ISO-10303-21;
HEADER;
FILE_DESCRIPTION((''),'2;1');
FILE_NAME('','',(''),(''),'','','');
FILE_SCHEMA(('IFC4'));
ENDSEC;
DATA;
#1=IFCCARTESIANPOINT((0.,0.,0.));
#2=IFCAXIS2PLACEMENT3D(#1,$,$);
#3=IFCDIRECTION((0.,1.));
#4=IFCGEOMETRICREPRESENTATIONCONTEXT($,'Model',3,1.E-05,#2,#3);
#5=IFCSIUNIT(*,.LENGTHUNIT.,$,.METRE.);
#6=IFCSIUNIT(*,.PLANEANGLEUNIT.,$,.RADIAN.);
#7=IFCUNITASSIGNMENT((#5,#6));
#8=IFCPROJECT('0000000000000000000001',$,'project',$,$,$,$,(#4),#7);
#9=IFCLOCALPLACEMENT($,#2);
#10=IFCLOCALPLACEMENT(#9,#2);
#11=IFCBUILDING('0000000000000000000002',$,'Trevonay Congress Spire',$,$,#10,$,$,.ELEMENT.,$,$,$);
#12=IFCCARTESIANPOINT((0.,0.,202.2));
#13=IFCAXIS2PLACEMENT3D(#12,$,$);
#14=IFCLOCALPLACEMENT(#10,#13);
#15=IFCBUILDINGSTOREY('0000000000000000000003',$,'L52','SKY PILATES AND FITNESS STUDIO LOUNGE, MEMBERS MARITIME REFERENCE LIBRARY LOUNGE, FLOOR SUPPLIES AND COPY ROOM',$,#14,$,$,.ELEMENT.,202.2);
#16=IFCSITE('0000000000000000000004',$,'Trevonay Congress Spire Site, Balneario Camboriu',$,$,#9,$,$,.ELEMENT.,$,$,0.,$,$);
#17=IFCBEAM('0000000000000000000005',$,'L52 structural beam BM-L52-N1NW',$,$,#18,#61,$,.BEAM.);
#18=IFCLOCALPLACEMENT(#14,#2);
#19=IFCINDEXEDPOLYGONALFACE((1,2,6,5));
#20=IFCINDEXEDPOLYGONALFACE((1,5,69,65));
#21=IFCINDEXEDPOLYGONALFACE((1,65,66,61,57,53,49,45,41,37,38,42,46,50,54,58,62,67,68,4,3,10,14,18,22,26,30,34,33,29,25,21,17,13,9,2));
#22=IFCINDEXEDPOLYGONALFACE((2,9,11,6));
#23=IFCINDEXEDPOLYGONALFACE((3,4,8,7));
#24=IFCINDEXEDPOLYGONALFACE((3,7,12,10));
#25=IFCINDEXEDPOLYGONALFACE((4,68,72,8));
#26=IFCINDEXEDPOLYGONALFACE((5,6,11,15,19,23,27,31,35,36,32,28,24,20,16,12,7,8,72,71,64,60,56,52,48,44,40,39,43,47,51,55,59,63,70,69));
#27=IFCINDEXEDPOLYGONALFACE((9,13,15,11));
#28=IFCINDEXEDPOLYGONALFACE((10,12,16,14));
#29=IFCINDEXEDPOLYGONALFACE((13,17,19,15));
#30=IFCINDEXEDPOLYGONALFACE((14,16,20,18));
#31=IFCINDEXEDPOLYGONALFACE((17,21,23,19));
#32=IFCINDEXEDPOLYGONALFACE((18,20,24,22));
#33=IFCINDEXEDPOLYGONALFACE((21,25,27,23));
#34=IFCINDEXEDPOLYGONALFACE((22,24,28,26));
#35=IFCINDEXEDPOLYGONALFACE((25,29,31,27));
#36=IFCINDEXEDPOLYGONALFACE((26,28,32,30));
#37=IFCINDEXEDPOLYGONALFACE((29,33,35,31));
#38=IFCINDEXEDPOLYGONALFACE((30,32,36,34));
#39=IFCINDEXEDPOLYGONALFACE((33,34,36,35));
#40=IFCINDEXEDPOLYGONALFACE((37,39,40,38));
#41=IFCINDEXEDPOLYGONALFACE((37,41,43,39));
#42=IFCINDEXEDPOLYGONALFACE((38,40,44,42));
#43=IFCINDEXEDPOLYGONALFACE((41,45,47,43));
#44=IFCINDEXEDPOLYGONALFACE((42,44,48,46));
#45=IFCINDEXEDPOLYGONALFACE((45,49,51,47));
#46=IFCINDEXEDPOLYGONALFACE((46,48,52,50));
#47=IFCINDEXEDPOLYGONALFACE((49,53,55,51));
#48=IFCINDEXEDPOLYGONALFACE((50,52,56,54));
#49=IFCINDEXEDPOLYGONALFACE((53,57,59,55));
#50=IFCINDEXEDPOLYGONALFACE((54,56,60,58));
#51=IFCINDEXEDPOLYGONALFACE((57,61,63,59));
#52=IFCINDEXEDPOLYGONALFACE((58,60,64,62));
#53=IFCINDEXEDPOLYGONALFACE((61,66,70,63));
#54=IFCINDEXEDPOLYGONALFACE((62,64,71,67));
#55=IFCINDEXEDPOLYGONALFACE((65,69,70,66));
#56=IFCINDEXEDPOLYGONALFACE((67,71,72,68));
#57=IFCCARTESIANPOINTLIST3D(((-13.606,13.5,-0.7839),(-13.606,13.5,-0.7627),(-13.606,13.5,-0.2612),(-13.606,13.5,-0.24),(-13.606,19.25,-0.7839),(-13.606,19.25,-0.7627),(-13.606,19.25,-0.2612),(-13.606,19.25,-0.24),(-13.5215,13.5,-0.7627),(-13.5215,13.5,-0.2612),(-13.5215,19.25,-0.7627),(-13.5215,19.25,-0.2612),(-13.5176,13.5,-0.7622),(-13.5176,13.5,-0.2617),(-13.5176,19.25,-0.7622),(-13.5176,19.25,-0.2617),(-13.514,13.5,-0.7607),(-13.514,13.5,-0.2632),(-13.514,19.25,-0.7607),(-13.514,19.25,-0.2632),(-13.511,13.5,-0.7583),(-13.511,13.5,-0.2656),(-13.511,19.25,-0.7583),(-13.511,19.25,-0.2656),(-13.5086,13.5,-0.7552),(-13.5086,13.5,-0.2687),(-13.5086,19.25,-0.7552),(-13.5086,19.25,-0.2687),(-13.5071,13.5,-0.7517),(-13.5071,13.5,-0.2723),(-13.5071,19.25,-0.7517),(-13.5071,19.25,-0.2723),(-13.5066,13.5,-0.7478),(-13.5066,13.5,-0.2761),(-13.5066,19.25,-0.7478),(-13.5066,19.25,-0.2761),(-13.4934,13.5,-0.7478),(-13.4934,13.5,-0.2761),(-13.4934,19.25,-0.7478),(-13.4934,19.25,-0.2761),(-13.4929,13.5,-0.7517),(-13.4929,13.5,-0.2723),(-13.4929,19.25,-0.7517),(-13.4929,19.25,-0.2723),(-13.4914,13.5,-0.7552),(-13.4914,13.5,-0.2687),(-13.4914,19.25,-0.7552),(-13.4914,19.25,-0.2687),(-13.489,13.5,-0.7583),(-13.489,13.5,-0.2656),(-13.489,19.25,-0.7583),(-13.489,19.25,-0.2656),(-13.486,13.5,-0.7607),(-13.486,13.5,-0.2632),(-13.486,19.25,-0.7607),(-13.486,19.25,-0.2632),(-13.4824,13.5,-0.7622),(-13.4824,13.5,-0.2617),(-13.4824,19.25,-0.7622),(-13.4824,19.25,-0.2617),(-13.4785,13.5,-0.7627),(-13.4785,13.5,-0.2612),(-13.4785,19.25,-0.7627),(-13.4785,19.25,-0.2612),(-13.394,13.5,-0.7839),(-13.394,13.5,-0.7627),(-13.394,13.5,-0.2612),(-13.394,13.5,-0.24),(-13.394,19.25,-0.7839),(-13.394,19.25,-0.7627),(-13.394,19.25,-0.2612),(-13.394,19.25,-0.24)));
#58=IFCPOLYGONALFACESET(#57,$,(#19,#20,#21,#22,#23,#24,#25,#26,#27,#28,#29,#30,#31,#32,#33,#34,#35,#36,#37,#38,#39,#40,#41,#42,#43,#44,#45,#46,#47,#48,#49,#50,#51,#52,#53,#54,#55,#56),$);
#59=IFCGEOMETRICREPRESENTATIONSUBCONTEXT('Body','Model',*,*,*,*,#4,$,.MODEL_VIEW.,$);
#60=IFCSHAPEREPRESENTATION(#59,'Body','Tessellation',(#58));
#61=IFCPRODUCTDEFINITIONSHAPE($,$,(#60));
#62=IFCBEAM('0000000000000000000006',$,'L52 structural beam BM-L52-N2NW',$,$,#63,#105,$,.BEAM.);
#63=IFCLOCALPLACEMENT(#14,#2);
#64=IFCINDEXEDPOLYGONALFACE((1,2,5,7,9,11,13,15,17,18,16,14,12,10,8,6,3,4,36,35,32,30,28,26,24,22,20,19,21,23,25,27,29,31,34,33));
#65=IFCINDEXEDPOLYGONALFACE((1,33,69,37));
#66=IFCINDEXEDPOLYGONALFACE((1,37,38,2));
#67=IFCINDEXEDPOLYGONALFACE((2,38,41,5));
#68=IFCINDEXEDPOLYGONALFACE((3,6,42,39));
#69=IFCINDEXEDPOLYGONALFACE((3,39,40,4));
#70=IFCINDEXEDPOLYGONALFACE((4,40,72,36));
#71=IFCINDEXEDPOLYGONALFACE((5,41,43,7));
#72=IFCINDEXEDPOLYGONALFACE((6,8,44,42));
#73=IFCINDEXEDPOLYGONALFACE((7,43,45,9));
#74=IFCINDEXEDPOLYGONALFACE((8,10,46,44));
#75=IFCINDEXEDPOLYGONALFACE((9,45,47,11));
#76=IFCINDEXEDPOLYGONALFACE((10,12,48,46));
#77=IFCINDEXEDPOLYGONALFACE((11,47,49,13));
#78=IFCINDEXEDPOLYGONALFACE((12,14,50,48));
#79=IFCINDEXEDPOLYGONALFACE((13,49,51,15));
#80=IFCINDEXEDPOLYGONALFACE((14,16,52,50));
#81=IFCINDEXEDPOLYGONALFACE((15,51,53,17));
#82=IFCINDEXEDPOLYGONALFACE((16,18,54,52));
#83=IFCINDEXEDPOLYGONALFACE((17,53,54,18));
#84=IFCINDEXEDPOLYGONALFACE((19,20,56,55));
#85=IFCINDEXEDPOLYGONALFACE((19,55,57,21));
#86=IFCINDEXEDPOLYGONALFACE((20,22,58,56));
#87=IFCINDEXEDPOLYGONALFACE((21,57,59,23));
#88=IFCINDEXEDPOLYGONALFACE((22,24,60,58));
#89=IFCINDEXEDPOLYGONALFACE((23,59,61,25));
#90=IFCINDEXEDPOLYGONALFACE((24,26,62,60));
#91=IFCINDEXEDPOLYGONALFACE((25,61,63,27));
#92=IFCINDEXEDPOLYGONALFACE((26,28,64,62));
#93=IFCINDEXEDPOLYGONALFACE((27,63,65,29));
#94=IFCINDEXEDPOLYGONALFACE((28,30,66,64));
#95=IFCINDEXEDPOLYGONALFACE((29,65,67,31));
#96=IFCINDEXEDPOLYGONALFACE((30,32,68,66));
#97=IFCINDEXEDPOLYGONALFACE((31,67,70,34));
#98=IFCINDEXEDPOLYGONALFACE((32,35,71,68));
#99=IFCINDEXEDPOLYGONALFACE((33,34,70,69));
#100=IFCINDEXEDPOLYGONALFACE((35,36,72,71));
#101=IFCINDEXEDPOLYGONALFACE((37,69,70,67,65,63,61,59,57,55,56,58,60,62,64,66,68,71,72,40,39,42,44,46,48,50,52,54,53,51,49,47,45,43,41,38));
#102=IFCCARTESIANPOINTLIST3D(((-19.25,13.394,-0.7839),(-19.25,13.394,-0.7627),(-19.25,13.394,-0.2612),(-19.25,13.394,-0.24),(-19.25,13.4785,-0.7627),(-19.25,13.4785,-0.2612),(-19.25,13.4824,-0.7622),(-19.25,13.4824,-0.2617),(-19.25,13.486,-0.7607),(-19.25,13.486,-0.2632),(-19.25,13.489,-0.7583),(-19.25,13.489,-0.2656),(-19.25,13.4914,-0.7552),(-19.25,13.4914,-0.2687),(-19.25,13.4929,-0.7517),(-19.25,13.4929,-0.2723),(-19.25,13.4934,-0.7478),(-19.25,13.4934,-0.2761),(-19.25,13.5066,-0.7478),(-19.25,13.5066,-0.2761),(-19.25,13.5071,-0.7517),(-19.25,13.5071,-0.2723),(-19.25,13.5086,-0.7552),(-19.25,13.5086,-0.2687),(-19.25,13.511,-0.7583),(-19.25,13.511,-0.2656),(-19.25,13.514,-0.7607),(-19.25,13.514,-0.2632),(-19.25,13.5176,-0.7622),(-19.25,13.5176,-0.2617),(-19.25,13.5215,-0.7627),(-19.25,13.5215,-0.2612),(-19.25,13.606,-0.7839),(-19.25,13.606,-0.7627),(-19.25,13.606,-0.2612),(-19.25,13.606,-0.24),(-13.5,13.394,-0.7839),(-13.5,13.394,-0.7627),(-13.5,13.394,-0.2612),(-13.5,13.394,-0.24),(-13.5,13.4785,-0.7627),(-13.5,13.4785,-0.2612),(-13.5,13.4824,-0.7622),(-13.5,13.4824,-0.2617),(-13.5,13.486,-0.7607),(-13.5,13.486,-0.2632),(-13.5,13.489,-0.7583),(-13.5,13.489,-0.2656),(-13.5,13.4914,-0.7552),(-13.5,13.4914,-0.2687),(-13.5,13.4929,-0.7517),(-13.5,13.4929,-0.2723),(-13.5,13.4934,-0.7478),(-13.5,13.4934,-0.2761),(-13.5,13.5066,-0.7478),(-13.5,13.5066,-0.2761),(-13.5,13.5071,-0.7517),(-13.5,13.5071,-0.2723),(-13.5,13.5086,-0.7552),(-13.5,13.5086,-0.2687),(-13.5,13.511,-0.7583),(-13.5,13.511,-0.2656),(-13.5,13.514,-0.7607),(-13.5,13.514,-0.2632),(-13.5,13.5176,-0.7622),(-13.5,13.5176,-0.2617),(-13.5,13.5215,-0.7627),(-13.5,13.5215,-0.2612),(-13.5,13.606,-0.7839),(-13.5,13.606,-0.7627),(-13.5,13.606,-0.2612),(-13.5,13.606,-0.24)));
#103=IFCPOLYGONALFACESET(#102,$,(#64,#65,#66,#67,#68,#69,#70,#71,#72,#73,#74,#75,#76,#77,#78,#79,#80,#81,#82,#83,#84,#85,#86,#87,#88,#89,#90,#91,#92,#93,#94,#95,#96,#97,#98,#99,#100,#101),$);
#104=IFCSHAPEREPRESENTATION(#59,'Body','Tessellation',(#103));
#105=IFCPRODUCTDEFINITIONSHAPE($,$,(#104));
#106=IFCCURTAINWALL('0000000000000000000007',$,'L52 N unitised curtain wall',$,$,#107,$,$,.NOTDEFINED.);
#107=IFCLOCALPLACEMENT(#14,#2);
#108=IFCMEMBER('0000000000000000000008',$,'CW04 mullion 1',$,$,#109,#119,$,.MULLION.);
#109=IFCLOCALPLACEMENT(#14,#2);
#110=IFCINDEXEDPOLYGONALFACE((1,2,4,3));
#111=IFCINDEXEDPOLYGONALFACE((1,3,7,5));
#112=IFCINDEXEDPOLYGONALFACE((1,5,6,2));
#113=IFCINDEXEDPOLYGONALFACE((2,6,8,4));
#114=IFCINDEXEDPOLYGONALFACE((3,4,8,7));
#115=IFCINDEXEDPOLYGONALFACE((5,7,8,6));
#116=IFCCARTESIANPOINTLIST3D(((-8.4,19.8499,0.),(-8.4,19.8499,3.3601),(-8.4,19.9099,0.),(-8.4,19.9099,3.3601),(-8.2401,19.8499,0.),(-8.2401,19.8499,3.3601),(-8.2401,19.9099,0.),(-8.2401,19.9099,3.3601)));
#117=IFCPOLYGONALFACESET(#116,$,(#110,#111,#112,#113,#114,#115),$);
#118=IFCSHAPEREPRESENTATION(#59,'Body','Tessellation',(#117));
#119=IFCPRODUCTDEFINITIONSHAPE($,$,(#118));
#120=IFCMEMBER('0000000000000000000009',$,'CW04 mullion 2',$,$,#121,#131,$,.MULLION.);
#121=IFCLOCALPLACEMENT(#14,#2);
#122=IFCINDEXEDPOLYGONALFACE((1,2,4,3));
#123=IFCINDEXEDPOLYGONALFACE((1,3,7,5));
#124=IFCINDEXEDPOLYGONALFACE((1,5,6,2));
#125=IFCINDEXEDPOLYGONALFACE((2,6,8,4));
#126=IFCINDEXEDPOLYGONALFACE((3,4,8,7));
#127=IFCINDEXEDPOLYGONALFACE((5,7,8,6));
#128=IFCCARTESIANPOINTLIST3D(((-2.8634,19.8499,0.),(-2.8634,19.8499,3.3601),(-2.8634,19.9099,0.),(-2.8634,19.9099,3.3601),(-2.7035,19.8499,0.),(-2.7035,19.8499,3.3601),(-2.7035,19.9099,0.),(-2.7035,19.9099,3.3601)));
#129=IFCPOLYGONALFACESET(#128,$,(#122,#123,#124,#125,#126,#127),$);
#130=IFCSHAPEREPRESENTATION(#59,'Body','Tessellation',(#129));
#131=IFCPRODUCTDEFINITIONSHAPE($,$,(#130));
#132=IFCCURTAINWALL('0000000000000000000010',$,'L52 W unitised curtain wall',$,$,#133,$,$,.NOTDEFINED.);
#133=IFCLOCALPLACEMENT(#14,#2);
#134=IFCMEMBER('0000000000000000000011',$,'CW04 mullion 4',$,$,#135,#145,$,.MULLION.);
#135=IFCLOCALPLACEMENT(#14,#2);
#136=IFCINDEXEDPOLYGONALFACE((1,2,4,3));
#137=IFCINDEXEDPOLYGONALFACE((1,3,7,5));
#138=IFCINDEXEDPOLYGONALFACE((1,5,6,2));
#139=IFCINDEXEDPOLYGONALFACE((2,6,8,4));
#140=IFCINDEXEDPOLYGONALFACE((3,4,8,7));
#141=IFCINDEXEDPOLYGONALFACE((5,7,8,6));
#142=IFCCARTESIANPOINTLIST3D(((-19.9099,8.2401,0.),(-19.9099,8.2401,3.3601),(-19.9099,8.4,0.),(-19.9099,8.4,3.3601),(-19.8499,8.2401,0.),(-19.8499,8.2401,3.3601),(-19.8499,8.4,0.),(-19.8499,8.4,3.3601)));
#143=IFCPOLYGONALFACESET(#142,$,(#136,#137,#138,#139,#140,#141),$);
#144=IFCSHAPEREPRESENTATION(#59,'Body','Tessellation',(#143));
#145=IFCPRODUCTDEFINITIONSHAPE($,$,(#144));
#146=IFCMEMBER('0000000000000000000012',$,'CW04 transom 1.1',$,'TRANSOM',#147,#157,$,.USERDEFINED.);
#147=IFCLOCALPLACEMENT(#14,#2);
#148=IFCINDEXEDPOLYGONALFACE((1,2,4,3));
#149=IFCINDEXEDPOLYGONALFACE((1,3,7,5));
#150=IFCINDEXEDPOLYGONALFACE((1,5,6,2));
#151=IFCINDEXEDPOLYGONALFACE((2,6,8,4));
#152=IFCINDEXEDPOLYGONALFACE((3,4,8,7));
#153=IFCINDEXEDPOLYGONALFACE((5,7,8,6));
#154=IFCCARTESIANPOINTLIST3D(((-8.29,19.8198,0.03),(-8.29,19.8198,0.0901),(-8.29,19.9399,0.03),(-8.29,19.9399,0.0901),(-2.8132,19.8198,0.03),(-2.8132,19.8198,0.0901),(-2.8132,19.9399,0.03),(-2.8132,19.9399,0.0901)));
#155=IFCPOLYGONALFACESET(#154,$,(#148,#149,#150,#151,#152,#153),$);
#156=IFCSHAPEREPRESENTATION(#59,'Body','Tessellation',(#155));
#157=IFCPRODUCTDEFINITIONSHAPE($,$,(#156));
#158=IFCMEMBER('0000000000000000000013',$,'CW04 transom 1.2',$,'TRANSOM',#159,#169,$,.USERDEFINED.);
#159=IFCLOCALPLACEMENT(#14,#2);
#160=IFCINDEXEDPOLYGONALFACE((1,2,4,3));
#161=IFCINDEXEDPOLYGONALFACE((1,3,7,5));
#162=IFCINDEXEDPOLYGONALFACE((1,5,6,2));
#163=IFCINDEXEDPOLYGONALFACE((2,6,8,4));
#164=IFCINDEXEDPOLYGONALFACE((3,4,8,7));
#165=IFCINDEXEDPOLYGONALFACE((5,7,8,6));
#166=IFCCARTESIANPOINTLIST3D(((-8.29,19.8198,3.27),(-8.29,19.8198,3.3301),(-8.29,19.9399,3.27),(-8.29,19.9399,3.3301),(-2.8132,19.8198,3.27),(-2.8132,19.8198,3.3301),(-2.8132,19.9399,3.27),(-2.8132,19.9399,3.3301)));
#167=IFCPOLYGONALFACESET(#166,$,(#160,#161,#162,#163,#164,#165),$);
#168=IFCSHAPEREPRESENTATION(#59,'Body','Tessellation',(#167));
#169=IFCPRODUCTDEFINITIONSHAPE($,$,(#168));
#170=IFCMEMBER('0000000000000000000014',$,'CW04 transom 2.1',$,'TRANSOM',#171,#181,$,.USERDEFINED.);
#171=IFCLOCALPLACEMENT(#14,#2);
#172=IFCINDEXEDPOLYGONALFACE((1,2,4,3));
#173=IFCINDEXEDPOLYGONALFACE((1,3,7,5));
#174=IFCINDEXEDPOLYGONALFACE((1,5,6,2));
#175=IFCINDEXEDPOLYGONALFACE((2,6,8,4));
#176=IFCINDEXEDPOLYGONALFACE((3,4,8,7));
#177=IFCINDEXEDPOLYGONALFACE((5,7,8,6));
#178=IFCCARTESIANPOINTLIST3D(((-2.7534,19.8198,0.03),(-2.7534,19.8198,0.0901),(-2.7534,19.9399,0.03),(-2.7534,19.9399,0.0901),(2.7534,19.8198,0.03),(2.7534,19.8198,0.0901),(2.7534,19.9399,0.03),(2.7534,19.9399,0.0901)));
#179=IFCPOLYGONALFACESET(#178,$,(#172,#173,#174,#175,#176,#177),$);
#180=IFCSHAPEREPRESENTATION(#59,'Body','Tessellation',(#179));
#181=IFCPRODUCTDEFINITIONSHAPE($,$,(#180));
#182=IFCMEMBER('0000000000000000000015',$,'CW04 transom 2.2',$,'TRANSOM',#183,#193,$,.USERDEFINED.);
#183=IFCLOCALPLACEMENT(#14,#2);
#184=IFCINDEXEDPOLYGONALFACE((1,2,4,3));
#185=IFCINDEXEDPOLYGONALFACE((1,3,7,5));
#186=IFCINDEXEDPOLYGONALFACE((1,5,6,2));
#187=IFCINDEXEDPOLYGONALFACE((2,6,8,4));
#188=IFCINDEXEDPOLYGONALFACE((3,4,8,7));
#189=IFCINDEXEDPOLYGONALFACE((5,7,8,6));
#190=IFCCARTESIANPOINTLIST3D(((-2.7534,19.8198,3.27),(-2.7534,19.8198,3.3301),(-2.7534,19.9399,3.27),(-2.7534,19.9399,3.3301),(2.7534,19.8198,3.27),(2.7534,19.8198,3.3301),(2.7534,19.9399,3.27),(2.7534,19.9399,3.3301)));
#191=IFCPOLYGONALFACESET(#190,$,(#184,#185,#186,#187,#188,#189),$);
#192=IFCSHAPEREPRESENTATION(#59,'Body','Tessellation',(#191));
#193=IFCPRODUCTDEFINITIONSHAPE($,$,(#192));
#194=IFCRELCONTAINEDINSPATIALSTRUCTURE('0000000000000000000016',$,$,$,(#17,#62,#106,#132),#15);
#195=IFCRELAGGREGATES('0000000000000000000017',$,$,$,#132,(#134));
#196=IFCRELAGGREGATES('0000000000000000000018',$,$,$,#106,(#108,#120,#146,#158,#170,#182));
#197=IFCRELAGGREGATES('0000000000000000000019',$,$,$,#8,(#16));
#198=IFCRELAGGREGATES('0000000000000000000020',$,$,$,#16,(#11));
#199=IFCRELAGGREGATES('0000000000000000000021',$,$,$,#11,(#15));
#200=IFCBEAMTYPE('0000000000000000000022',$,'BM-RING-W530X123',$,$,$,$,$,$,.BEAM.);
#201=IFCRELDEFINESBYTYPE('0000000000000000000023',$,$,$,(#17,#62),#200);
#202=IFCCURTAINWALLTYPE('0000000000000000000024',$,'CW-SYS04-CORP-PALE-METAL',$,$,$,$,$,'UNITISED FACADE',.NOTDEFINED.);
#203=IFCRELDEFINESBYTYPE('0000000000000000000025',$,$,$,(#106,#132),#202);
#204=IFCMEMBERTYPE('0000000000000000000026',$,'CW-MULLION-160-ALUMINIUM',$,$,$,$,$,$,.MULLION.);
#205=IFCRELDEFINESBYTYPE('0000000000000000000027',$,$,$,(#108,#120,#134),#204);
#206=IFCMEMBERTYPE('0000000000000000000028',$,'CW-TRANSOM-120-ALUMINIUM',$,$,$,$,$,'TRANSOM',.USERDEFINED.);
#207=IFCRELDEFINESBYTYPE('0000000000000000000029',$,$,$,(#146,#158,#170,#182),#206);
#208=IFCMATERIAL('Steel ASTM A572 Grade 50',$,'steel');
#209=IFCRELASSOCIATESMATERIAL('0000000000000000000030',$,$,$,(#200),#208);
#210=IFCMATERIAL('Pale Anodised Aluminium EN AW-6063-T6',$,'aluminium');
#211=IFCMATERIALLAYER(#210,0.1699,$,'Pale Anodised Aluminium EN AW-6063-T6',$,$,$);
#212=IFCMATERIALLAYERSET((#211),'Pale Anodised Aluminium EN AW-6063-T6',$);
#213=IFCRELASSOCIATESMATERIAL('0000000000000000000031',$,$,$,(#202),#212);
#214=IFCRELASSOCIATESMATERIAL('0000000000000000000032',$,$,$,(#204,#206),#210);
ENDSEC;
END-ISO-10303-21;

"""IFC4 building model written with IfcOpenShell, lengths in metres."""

from ifc_helpers import new_model, si_unit, direction, frame, origin, origin_2d, place, context, subcontext, project, spatial, rectangle, i_section, extrude, material, layer, layer_set, material_profile, profile_set, type_object, element, aggregate, save


model = new_model("IFC4")

# Units and contexts
model_context = context("Model", 3, precision=1e-05, world=origin(), true_north=direction((0.0, 1.0)))
body_context = subcontext(model_context, "Body", "Model", "MODEL_VIEW")
ifc_project = project(units=[si_unit("LENGTHUNIT", "METRE"), si_unit("PLANEANGLEUNIT", "RADIAN")], contexts=[model_context])

# Site, building, storey
site_placement = place(None, origin())
site = spatial("IfcSite", under=ifc_project, at=site_placement, Name="Trevonay Congress Spire Site, Balneario Camboriu", CompositionType="ELEMENT", RefElevation=0.0)
building_placement = place(site_placement, origin())
building = spatial("IfcBuilding", under=site, at=building_placement, Name="Trevonay Congress Spire", CompositionType="ELEMENT")
storey_placement = place(building_placement, frame((0.0, 0.0, 202.2)))
storey = spatial("IfcBuildingStorey", under=building, at=storey_placement, Name="L52", Description="SKY PILATES AND FITNESS STUDIO LOUNGE, MEMBERS MARITIME REFERENCE LIBRARY LOUNGE, FLOOR SUPPLIES AND COPY ROOM", CompositionType="ELEMENT", Elevation=202.2)

# Shared definitions
ifc_material_1 = material(Name="Steel ASTM A572 Grade 50", Category="steel")

# Beams
ifc_material_profile_1 = material_profile(ifc_material_1, i_section(OverallWidth=0.2119, OverallDepth=0.5439, WebThickness=0.0132, FlangeThickness=0.0212, FilletRadius=0.0149, at=origin_2d()), Name="W530x123")
ifc_profile_set_1 = profile_set([ifc_material_profile_1], Name="Steel ASTM A572 Grade 50")
beam_type_1 = type_object("IfcBeamType", Name="BM-RING-W530X123", PredefinedType="BEAM", material=ifc_profile_set_1)
for number, where, z_axis, x_axis, name in (
    (1, (-13.5, 19.25, -0.512), (0.0, -1.0, 0.0), (1.0, 0.0, 0.0), "L52 structural beam BM-L52-N1NW"),
    (2, (-19.25, 13.5, -0.512), (1.0, 0.0, 0.0), (0.0, 1.0, 0.0), "L52 structural beam BM-L52-N2NW"),
):
    element("IfcBeam", number, at=place(storey_placement, frame(where, z_axis=z_axis, x_axis=x_axis)), inside=storey, type_object=beam_type_1, Name=name, PredefinedType="BEAM", context=body_context, shape_type="SweptSolid", body=[
        extrude(i_section(OverallWidth=0.2119, OverallDepth=0.5439, WebThickness=0.0132, FlangeThickness=0.0212, FilletRadius=0.0149, at=origin_2d()), origin(), (0.0, 0.0, 1.0), 5.75),
    ])

# Curtain wall, members
ifc_material_2 = material(Name="Pale Anodised Aluminium EN AW-6063-T6", Category="aluminium")
ifc_layer_1 = layer(ifc_material_2, 0.1699, Name="Pale Anodised Aluminium EN AW-6063-T6")
ifc_layer_set_1 = layer_set([ifc_layer_1], Name="Pale Anodised Aluminium EN AW-6063-T6")
curtain_wall_type = type_object("IfcCurtainWallType", Name="CW-SYS04-CORP-PALE-METAL", ElementType="UNITISED FACADE", PredefinedType="NOTDEFINED", material=ifc_layer_set_1)
curtain_wall_1_placement = place(storey_placement, origin())
curtain_wall_1 = element("IfcCurtainWall", 3, at=curtain_wall_1_placement, inside=storey, type_object=curtain_wall_type, Name="L52 N unitised curtain wall", PredefinedType="NOTDEFINED")
ifc_material_profile_2 = material_profile(ifc_material_2, rectangle(XDim=0.0601, YDim=0.1599, at=origin_2d()), Name="CW-MULLION-160-ALUMINIUM")
ifc_profile_set_2 = profile_set([ifc_material_profile_2], Name="Pale Anodised Aluminium EN AW-6063-T6")
member_type_1 = type_object("IfcMemberType", Name="CW-MULLION-160-ALUMINIUM", PredefinedType="MULLION", material=ifc_profile_set_2)
member_1_placement = place(storey_placement, frame((-8.3201, 19.8799, 0.0), z_axis=(0.0, 0.0, 1.0), x_axis=(0.0, 1.0, 0.0)))
member_1 = element("IfcMember", 4, at=member_1_placement, type_object=member_type_1, Name="CW04 mullion 1", PredefinedType="MULLION", context=body_context, shape_type="SweptSolid", body=[
    extrude(rectangle(XDim=0.0601, YDim=0.1599, at=origin_2d()), origin(), (0.0, 0.0, 1.0), 3.3601),
])
member_2_placement = place(storey_placement, frame((-2.7834, 19.8799, 0.0), z_axis=(0.0, 0.0, 1.0), x_axis=(0.0, 1.0, 0.0)))
member_2 = element("IfcMember", 5, at=member_2_placement, type_object=member_type_1, Name="CW04 mullion 2", PredefinedType="MULLION", context=body_context, shape_type="SweptSolid", body=[
    extrude(rectangle(XDim=0.0601, YDim=0.1599, at=origin_2d()), origin(), (0.0, 0.0, 1.0), 3.3601),
])

# Curtain wall, member
curtain_wall_2_placement = place(storey_placement, origin())
curtain_wall_2 = element("IfcCurtainWall", 6, at=curtain_wall_2_placement, inside=storey, type_object=curtain_wall_type, Name="L52 W unitised curtain wall", PredefinedType="NOTDEFINED")
member_3_placement = place(storey_placement, frame((-19.8799, 8.3201, 0.0), z_axis=(0.0, 0.0, 1.0), x_axis=(-1.0, 0.0, 0.0)))
member_3 = element("IfcMember", 7, at=member_3_placement, type_object=member_type_1, Name="CW04 mullion 4", PredefinedType="MULLION", context=body_context, shape_type="SweptSolid", body=[
    extrude(rectangle(XDim=0.0601, YDim=0.1599, at=origin_2d()), origin(), (0.0, 0.0, 1.0), 3.3601),
])
aggregate(curtain_wall_2, [member_3])

# Members
ifc_material_profile_3 = material_profile(ifc_material_2, rectangle(XDim=0.1201, YDim=0.0601, at=origin_2d()), Name="CW-TRANSOM-120-ALUMINIUM")
ifc_profile_set_3 = profile_set([ifc_material_profile_3], Name="Pale Anodised Aluminium EN AW-6063-T6")
member_type_2 = type_object("IfcMemberType", Name="CW-TRANSOM-120-ALUMINIUM", ElementType="TRANSOM", PredefinedType="USERDEFINED", material=ifc_profile_set_3)
member_4_placement = place(storey_placement, frame((-8.29, 19.8799, 0.0601), z_axis=(1.0, 0.0, 0.0), x_axis=(0.0, 1.0, 0.0)))
member_4 = element("IfcMember", 8, at=member_4_placement, type_object=member_type_2, Name="CW04 transom 1.1", ObjectType="TRANSOM", PredefinedType="USERDEFINED", context=body_context, shape_type="SweptSolid", body=[
    extrude(rectangle(XDim=0.1201, YDim=0.0601, at=origin_2d()), origin(), (0.0, 0.0, 1.0), 5.4768),
])
member_5_placement = place(storey_placement, frame((-8.29, 19.8799, 3.3), z_axis=(1.0, 0.0, 0.0), x_axis=(0.0, 1.0, 0.0)))
member_5 = element("IfcMember", 9, at=member_5_placement, type_object=member_type_2, Name="CW04 transom 1.2", ObjectType="TRANSOM", PredefinedType="USERDEFINED", context=body_context, shape_type="SweptSolid", body=[
    extrude(rectangle(XDim=0.1201, YDim=0.0601, at=origin_2d()), origin(), (0.0, 0.0, 1.0), 5.4768),
])
member_6_placement = place(storey_placement, frame((-2.7534, 19.8799, 0.0601), z_axis=(1.0, 0.0, 0.0), x_axis=(0.0, 1.0, 0.0)))
member_6 = element("IfcMember", 10, at=member_6_placement, type_object=member_type_2, Name="CW04 transom 2.1", ObjectType="TRANSOM", PredefinedType="USERDEFINED", context=body_context, shape_type="SweptSolid", body=[
    extrude(rectangle(XDim=0.1201, YDim=0.0601, at=origin_2d()), origin(), (0.0, 0.0, 1.0), 5.5068),
])
member_7_placement = place(storey_placement, frame((-2.7534, 19.8799, 3.3), z_axis=(1.0, 0.0, 0.0), x_axis=(0.0, 1.0, 0.0)))
member_7 = element("IfcMember", 11, at=member_7_placement, type_object=member_type_2, Name="CW04 transom 2.2", ObjectType="TRANSOM", PredefinedType="USERDEFINED", context=body_context, shape_type="SweptSolid", body=[
    extrude(rectangle(XDim=0.1201, YDim=0.0601, at=origin_2d()), origin(), (0.0, 0.0, 1.0), 5.5068),
])

aggregate(curtain_wall_1, [member_1, member_2, member_4, member_5, member_6, member_7])

save(model, "model.ifc")
